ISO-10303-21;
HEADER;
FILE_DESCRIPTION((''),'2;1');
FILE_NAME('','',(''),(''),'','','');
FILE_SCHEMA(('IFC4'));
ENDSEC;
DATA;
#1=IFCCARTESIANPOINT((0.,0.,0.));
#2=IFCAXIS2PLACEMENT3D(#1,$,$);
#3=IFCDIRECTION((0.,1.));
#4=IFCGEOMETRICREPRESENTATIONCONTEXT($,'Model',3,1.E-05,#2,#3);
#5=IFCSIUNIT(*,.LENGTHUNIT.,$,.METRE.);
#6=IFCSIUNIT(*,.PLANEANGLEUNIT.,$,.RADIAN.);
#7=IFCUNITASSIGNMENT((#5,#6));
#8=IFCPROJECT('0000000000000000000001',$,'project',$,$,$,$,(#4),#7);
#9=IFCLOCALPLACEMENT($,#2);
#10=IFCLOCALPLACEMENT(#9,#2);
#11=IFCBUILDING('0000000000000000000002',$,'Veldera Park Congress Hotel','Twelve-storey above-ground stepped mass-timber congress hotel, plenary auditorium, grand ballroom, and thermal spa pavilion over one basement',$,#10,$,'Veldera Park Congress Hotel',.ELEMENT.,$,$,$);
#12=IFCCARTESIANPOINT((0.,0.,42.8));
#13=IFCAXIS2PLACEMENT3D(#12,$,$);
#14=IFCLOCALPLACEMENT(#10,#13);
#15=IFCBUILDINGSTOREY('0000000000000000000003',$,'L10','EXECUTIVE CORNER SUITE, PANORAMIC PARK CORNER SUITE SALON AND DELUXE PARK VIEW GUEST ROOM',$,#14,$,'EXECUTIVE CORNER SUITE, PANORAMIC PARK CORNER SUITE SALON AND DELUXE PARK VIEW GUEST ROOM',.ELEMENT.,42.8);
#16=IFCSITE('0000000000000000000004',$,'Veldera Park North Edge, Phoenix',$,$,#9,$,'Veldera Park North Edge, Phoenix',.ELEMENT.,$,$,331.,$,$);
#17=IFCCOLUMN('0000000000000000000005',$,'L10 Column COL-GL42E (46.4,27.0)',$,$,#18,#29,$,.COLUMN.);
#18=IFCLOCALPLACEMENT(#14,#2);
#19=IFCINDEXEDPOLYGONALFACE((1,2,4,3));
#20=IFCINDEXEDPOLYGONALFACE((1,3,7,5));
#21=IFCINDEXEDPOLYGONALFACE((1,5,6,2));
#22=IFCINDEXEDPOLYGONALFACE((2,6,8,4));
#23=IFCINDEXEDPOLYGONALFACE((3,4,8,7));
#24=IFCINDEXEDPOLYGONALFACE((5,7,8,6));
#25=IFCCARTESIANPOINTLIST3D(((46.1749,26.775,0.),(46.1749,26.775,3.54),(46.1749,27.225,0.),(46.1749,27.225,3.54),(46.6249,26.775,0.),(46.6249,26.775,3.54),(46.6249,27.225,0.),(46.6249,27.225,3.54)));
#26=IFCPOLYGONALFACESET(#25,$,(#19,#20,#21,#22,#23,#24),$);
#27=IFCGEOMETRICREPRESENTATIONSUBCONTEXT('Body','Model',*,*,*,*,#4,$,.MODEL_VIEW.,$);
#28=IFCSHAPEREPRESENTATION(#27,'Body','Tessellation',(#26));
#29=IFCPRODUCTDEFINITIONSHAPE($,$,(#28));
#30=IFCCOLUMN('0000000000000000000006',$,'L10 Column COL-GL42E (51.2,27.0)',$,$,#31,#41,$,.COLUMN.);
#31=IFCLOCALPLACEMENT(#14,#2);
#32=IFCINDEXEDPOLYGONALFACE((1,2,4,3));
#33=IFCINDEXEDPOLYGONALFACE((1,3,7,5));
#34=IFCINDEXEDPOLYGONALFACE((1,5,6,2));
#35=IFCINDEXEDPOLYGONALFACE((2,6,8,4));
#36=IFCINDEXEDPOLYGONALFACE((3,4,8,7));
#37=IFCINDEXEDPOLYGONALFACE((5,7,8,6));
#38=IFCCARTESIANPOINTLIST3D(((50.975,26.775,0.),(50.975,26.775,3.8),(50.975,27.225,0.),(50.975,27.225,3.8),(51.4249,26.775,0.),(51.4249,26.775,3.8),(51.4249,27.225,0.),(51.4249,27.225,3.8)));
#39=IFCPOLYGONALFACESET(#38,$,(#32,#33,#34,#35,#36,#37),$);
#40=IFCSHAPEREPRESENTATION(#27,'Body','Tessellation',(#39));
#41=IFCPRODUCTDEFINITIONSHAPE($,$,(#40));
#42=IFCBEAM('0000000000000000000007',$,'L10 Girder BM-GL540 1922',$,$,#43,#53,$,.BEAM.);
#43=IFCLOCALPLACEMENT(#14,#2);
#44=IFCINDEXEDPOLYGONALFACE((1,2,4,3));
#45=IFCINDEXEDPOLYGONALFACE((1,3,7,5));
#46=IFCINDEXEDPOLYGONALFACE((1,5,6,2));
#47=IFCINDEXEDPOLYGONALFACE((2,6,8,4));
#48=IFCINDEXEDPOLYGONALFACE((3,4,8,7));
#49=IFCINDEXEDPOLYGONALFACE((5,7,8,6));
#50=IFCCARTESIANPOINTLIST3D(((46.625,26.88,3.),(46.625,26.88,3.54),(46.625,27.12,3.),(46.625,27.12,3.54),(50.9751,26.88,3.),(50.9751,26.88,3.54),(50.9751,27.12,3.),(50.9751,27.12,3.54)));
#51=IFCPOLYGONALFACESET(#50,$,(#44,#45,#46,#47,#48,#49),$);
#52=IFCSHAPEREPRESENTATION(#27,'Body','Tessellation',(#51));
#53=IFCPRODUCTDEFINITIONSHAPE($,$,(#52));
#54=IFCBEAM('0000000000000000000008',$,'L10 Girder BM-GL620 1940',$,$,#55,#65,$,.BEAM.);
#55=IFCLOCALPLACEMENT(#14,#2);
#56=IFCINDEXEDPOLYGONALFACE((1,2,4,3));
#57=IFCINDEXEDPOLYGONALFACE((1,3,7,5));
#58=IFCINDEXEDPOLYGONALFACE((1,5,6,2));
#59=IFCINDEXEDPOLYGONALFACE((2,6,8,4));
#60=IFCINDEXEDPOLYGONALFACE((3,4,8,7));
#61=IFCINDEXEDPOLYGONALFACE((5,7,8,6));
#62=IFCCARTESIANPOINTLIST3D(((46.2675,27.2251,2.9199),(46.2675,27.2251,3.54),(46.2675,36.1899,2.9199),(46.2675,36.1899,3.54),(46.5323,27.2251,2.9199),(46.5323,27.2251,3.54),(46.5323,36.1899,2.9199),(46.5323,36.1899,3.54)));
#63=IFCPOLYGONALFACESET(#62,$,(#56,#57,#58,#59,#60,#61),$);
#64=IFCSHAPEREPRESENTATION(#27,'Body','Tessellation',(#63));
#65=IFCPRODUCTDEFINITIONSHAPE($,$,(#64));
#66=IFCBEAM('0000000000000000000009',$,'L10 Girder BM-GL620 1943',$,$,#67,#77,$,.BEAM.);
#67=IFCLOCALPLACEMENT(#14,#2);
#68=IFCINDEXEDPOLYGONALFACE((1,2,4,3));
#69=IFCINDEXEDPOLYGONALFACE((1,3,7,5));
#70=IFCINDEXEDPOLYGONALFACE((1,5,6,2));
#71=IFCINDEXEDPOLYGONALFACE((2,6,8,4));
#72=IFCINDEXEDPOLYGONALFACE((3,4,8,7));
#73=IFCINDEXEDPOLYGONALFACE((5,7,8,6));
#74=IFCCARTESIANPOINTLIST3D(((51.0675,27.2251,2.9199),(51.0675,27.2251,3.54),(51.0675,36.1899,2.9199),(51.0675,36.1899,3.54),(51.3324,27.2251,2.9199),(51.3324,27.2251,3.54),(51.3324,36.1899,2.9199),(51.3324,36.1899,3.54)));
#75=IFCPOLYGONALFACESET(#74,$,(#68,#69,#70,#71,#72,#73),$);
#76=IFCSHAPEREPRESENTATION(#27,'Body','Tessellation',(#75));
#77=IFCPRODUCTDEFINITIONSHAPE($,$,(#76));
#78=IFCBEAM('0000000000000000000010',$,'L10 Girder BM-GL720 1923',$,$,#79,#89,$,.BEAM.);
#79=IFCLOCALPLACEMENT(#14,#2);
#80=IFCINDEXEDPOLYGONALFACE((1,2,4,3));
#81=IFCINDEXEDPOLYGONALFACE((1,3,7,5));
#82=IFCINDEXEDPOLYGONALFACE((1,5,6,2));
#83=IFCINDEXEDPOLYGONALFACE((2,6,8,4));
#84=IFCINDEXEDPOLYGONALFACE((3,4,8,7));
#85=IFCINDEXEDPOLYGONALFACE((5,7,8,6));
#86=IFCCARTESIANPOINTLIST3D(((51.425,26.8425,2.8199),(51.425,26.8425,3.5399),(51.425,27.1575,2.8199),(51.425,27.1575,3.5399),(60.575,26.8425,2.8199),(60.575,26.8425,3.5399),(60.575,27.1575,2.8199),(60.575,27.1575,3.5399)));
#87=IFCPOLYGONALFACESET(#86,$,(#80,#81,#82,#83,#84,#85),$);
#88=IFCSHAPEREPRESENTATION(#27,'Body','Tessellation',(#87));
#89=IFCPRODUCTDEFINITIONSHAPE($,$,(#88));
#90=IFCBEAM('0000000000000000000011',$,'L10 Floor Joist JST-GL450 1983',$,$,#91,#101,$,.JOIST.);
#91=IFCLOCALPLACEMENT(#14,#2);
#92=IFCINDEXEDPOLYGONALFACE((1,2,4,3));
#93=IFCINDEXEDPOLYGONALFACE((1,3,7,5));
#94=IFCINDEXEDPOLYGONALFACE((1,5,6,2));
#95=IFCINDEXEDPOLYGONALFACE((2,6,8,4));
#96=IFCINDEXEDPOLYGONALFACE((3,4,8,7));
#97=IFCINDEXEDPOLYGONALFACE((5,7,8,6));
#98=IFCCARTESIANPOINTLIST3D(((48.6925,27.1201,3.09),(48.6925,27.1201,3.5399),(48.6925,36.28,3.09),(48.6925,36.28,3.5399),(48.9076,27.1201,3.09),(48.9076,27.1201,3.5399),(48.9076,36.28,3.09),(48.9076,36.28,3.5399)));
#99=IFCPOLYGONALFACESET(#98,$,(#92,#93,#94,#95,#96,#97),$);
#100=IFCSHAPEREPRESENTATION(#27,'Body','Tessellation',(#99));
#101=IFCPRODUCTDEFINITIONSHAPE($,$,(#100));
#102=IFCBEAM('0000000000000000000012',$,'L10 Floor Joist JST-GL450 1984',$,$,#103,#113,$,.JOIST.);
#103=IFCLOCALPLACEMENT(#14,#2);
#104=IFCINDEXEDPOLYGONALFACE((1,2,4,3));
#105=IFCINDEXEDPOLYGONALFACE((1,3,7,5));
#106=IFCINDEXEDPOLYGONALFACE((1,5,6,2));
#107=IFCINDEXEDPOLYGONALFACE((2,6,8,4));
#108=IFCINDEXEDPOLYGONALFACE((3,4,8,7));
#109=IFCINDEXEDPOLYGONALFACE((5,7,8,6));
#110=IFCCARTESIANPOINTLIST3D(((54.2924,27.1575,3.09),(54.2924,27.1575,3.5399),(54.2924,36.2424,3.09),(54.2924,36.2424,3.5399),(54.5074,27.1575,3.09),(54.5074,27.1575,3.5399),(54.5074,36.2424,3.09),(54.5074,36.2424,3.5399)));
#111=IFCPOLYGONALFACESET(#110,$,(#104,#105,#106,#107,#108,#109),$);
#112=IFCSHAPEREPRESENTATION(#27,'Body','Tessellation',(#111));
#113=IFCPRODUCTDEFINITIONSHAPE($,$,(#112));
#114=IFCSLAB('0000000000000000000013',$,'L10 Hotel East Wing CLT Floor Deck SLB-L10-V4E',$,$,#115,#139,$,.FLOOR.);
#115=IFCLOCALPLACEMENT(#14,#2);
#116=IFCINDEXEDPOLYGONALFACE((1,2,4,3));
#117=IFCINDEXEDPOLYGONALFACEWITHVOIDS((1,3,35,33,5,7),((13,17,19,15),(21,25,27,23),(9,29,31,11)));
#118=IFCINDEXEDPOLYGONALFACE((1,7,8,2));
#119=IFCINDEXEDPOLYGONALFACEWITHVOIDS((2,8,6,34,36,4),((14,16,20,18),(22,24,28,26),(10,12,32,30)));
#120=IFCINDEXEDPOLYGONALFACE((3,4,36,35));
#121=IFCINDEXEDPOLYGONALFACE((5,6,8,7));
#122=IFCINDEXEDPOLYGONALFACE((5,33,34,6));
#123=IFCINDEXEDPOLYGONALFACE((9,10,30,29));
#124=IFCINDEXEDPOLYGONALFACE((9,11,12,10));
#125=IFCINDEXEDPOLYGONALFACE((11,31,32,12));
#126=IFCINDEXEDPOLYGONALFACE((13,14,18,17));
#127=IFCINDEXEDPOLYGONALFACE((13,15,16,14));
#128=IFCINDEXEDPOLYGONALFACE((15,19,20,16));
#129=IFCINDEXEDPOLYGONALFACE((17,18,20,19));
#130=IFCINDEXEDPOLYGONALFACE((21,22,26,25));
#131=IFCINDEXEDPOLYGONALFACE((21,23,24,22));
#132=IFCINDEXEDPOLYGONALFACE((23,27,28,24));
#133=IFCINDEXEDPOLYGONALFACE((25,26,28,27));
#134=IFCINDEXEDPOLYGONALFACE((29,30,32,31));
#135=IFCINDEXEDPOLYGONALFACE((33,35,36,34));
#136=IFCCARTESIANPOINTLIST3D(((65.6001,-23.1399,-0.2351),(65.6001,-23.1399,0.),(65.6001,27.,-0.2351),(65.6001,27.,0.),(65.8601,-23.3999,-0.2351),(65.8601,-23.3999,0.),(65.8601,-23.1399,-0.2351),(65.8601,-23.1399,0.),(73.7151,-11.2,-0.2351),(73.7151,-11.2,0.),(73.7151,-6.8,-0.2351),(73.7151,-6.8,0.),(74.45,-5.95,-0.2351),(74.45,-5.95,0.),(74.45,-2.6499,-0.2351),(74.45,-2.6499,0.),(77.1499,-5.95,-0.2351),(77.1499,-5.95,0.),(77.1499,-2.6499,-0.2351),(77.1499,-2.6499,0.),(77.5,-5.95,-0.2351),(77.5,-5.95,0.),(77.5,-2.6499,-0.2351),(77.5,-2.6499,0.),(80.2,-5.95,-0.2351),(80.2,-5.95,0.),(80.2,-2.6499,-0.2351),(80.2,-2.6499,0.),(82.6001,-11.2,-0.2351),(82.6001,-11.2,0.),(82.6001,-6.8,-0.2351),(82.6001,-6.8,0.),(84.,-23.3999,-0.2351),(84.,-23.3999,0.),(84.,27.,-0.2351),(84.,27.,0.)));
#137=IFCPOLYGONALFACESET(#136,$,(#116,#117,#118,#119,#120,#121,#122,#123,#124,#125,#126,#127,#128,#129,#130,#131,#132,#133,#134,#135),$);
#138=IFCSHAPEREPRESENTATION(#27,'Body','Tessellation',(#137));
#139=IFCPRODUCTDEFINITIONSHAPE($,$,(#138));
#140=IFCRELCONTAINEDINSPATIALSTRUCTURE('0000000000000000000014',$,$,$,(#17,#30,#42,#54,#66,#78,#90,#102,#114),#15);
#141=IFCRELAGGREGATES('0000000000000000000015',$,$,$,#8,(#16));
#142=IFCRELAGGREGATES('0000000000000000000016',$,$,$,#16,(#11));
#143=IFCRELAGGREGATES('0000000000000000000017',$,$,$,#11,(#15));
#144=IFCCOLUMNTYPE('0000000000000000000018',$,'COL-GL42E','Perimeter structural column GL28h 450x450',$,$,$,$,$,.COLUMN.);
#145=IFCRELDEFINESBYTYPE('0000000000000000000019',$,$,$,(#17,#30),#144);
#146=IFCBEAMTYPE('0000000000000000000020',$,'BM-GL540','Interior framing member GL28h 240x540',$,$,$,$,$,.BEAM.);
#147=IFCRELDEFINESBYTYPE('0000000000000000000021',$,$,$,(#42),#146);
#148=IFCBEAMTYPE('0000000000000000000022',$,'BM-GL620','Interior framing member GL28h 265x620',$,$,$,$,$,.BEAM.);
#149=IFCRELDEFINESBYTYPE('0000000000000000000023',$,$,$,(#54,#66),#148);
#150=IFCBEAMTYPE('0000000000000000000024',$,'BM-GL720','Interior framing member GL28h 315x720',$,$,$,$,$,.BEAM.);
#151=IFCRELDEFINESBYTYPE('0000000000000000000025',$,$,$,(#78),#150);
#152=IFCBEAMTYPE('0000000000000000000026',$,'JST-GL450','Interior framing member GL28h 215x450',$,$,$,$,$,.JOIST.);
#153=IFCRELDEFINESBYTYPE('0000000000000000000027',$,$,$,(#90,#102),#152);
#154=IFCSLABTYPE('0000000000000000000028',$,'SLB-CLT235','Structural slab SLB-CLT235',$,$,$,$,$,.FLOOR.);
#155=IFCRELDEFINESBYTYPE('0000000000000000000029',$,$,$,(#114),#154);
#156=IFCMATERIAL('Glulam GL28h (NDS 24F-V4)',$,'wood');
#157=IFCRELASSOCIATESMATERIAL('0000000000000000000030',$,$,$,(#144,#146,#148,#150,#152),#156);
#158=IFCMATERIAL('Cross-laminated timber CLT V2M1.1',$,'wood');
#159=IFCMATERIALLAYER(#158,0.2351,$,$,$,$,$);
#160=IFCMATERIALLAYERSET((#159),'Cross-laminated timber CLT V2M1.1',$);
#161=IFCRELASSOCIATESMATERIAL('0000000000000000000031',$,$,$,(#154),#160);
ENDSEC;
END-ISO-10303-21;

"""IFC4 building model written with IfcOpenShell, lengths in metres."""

from ifc_helpers import new_model, si_unit, direction, frame, origin, origin_2d, place, context, subcontext, project, spatial, polyline, rectangle, outline, extrude, material, layer, layer_set, material_profile, profile_set, type_object, element, save


model = new_model("IFC4")

# Units and contexts
model_context = context("Model", 3, precision=1e-05, world=origin(), true_north=direction((0.0, 1.0)))
body_context = subcontext(model_context, "Body", "Model", "MODEL_VIEW")
ifc_project = project(units=[si_unit("LENGTHUNIT", "METRE"), si_unit("PLANEANGLEUNIT", "RADIAN")], contexts=[model_context])

# Site, building, storey
site_placement = place(None, origin())
site = spatial("IfcSite", under=ifc_project, at=site_placement, Name="Veldera Park North Edge, Phoenix", LongName="Veldera Park North Edge, Phoenix", CompositionType="ELEMENT", RefElevation=331.0)
building_placement = place(site_placement, origin())
building = spatial("IfcBuilding", under=site, at=building_placement, Name="Veldera Park Congress Hotel", Description="Twelve-storey above-ground stepped mass-timber congress hotel, plenary auditorium, grand ballroom, and thermal spa pavilion over one basement", LongName="Veldera Park Congress Hotel", CompositionType="ELEMENT")
storey_placement = place(building_placement, frame((0.0, 0.0, 42.8)))
storey = spatial("IfcBuildingStorey", under=building, at=storey_placement, Name="L10", Description="EXECUTIVE CORNER SUITE, PANORAMIC PARK CORNER SUITE SALON AND DELUXE PARK VIEW GUEST ROOM", LongName="EXECUTIVE CORNER SUITE, PANORAMIC PARK CORNER SUITE SALON AND DELUXE PARK VIEW GUEST ROOM", CompositionType="ELEMENT", Elevation=42.8)

# Columns
ifc_material_1 = material(Name="Glulam GL28h (NDS 24F-V4)", Category="wood")
ifc_material_profile_1 = material_profile(ifc_material_1, rectangle(XDim=0.45, YDim=0.45, at=origin_2d()), Name="GL28h 450x450")
ifc_profile_set_1 = profile_set([ifc_material_profile_1], Name="Glulam GL28h (NDS 24F-V4)")
column_type = type_object("IfcColumnType", Name="COL-GL42E", Description="Perimeter structural column GL28h 450x450", PredefinedType="COLUMN", material=ifc_profile_set_1)
column_1_placement = place(storey_placement, frame((46.3999, 27.0, 0.0), z_axis=(0.0, 0.0, 1.0), x_axis=(1.0, 0.0, 0.0)))
element("IfcColumn", 1, at=column_1_placement, inside=storey, type_object=column_type, Name="L10 Column COL-GL42E (46.4,27.0)", PredefinedType="COLUMN", context=body_context, shape_type="SweptSolid", body=[
    extrude(rectangle(XDim=0.45, YDim=0.45, at=origin_2d()), origin(), (0.0, 0.0, 1.0), 3.54),
])
column_2_placement = place(storey_placement, frame((51.2, 27.0, 0.0), z_axis=(0.0, 0.0, 1.0), x_axis=(1.0, 0.0, 0.0)))
element("IfcColumn", 2, at=column_2_placement, inside=storey, type_object=column_type, Name="L10 Column COL-GL42E (51.2,27.0)", PredefinedType="COLUMN", context=body_context, shape_type="SweptSolid", body=[
    extrude(rectangle(XDim=0.45, YDim=0.45, at=origin_2d()), origin(), (0.0, 0.0, 1.0), 3.8),
])

# Beams
ifc_material_profile_2 = material_profile(ifc_material_1, rectangle(XDim=0.24, YDim=0.54, at=origin_2d()), Name="GL28h 240x540")
ifc_profile_set_2 = profile_set([ifc_material_profile_2], Name="Glulam GL28h (NDS 24F-V4)")
beam_type_1 = type_object("IfcBeamType", Name="BM-GL540", Description="Interior framing member GL28h 240x540", PredefinedType="BEAM", material=ifc_profile_set_2)
beam_1_placement = place(storey_placement, frame((46.625, 27.0, 3.27), z_axis=(1.0, 0.0, 0.0), x_axis=(0.0, 1.0, 0.0)))
element("IfcBeam", 3, at=beam_1_placement, inside=storey, type_object=beam_type_1, Name="L10 Girder BM-GL540 1922", PredefinedType="BEAM", context=body_context, shape_type="SweptSolid", body=[
    extrude(rectangle(XDim=0.24, YDim=0.54, at=origin_2d()), origin(), (0.0, 0.0, 1.0), 4.3501),
])
ifc_material_profile_3 = material_profile(ifc_material_1, rectangle(XDim=0.2649, YDim=0.6201, at=origin_2d()), Name="GL28h 265x620")
ifc_profile_set_3 = profile_set([ifc_material_profile_3], Name="Glulam GL28h (NDS 24F-V4)")
beam_type_2 = type_object("IfcBeamType", Name="BM-GL620", Description="Interior framing member GL28h 265x620", PredefinedType="BEAM", material=ifc_profile_set_3)
for number, where, z_axis, x_axis, name in (
    (4, (46.3999, 27.2251, 3.23), (0.0, 1.0, 0.0), (-1.0, 0.0, 0.0), "L10 Girder BM-GL620 1940"),
    (5, (51.2, 27.2251, 3.23), (0.0, 1.0, 0.0), (-1.0, 0.0, 0.0), "L10 Girder BM-GL620 1943"),
):
    element("IfcBeam", number, at=place(storey_placement, frame(where, z_axis=z_axis, x_axis=x_axis)), inside=storey, type_object=beam_type_2, Name=name, PredefinedType="BEAM", context=body_context, shape_type="SweptSolid", body=[
        extrude(rectangle(XDim=0.2649, YDim=0.6201, at=origin_2d()), origin(), (0.0, 0.0, 1.0), 8.9648),
    ])
ifc_material_profile_4 = material_profile(ifc_material_1, rectangle(XDim=0.3149, YDim=0.72, at=origin_2d()), Name="GL28h 315x720")
ifc_profile_set_4 = profile_set([ifc_material_profile_4], Name="Glulam GL28h (NDS 24F-V4)")
beam_type_3 = type_object("IfcBeamType", Name="BM-GL720", Description="Interior framing member GL28h 315x720", PredefinedType="BEAM", material=ifc_profile_set_4)
beam_2_placement = place(storey_placement, frame((51.425, 27.0, 3.1799), z_axis=(1.0, 0.0, 0.0), x_axis=(0.0, 1.0, 0.0)))
element("IfcBeam", 6, at=beam_2_placement, inside=storey, type_object=beam_type_3, Name="L10 Girder BM-GL720 1923", PredefinedType="BEAM", context=body_context, shape_type="SweptSolid", body=[
    extrude(rectangle(XDim=0.3149, YDim=0.72, at=origin_2d()), origin(), (0.0, 0.0, 1.0), 9.1499),
])
ifc_material_profile_5 = material_profile(ifc_material_1, rectangle(XDim=0.2151, YDim=0.45, at=origin_2d()), Name="GL28h 215x450")
ifc_profile_set_5 = profile_set([ifc_material_profile_5], Name="Glulam GL28h (NDS 24F-V4)")
beam_type_4 = type_object("IfcBeamType", Name="JST-GL450", Description="Interior framing member GL28h 215x450", PredefinedType="JOIST", material=ifc_profile_set_5)
beam_3_placement = place(storey_placement, frame((48.8, 27.1201, 3.3149), z_axis=(0.0, 1.0, 0.0), x_axis=(-1.0, 0.0, 0.0)))
element("IfcBeam", 7, at=beam_3_placement, inside=storey, type_object=beam_type_4, Name="L10 Floor Joist JST-GL450 1983", PredefinedType="JOIST", context=body_context, shape_type="SweptSolid", body=[
    extrude(rectangle(XDim=0.2151, YDim=0.45, at=origin_2d()), origin(), (0.0, 0.0, 1.0), 9.1599),
])
beam_4_placement = place(storey_placement, frame((54.3999, 27.1575, 3.3149), z_axis=(0.0, 1.0, 0.0), x_axis=(-1.0, 0.0, 0.0)))
element("IfcBeam", 8, at=beam_4_placement, inside=storey, type_object=beam_type_4, Name="L10 Floor Joist JST-GL450 1984", PredefinedType="JOIST", context=body_context, shape_type="SweptSolid", body=[
    extrude(rectangle(XDim=0.2151, YDim=0.45, at=origin_2d()), origin(), (0.0, 0.0, 1.0), 9.085),
])

# Slab
ifc_material_2 = material(Name="Cross-laminated timber CLT V2M1.1", Category="wood")
ifc_layer_1 = layer(ifc_material_2, 0.2351)
ifc_layer_set_1 = layer_set([ifc_layer_1], Name="Cross-laminated timber CLT V2M1.1")
slab_type_1 = type_object("IfcSlabType", Name="SLB-CLT235", Description="Structural slab SLB-CLT235", PredefinedType="FLOOR", material=ifc_layer_set_1)
slab_1_placement = place(storey_placement, frame((0.0, 0.0, -0.2351)))
element("IfcSlab", 9, at=slab_1_placement, inside=storey, type_object=slab_type_1, Name="L10 Hotel East Wing CLT Floor Deck SLB-L10-V4E", PredefinedType="FLOOR", context=body_context, shape_type="SweptSolid", body=[
    extrude(outline(polyline([(65.6001, -23.1399), (65.8601, -23.1399), (65.8601, -23.3999), (84.0, -23.3999), (84.0, 27.0), (65.6001, 27.0), (65.6001, -23.1399)]), holes=[polyline([(73.7151, -11.2), (82.6001, -11.2), (82.6001, -6.8), (73.7151, -6.8), (73.7151, -11.2)]), polyline([(74.45, -5.95), (77.1499, -5.95), (77.1499, -2.6499), (74.45, -2.6499), (74.45, -5.95)]), polyline([(77.5, -5.95), (80.2, -5.95), (80.2, -2.6499), (77.5, -2.6499), (77.5, -5.95)])]), origin(), (0.0, 0.0, 1.0), 0.2351),
])

save(model, "model.ifc")
